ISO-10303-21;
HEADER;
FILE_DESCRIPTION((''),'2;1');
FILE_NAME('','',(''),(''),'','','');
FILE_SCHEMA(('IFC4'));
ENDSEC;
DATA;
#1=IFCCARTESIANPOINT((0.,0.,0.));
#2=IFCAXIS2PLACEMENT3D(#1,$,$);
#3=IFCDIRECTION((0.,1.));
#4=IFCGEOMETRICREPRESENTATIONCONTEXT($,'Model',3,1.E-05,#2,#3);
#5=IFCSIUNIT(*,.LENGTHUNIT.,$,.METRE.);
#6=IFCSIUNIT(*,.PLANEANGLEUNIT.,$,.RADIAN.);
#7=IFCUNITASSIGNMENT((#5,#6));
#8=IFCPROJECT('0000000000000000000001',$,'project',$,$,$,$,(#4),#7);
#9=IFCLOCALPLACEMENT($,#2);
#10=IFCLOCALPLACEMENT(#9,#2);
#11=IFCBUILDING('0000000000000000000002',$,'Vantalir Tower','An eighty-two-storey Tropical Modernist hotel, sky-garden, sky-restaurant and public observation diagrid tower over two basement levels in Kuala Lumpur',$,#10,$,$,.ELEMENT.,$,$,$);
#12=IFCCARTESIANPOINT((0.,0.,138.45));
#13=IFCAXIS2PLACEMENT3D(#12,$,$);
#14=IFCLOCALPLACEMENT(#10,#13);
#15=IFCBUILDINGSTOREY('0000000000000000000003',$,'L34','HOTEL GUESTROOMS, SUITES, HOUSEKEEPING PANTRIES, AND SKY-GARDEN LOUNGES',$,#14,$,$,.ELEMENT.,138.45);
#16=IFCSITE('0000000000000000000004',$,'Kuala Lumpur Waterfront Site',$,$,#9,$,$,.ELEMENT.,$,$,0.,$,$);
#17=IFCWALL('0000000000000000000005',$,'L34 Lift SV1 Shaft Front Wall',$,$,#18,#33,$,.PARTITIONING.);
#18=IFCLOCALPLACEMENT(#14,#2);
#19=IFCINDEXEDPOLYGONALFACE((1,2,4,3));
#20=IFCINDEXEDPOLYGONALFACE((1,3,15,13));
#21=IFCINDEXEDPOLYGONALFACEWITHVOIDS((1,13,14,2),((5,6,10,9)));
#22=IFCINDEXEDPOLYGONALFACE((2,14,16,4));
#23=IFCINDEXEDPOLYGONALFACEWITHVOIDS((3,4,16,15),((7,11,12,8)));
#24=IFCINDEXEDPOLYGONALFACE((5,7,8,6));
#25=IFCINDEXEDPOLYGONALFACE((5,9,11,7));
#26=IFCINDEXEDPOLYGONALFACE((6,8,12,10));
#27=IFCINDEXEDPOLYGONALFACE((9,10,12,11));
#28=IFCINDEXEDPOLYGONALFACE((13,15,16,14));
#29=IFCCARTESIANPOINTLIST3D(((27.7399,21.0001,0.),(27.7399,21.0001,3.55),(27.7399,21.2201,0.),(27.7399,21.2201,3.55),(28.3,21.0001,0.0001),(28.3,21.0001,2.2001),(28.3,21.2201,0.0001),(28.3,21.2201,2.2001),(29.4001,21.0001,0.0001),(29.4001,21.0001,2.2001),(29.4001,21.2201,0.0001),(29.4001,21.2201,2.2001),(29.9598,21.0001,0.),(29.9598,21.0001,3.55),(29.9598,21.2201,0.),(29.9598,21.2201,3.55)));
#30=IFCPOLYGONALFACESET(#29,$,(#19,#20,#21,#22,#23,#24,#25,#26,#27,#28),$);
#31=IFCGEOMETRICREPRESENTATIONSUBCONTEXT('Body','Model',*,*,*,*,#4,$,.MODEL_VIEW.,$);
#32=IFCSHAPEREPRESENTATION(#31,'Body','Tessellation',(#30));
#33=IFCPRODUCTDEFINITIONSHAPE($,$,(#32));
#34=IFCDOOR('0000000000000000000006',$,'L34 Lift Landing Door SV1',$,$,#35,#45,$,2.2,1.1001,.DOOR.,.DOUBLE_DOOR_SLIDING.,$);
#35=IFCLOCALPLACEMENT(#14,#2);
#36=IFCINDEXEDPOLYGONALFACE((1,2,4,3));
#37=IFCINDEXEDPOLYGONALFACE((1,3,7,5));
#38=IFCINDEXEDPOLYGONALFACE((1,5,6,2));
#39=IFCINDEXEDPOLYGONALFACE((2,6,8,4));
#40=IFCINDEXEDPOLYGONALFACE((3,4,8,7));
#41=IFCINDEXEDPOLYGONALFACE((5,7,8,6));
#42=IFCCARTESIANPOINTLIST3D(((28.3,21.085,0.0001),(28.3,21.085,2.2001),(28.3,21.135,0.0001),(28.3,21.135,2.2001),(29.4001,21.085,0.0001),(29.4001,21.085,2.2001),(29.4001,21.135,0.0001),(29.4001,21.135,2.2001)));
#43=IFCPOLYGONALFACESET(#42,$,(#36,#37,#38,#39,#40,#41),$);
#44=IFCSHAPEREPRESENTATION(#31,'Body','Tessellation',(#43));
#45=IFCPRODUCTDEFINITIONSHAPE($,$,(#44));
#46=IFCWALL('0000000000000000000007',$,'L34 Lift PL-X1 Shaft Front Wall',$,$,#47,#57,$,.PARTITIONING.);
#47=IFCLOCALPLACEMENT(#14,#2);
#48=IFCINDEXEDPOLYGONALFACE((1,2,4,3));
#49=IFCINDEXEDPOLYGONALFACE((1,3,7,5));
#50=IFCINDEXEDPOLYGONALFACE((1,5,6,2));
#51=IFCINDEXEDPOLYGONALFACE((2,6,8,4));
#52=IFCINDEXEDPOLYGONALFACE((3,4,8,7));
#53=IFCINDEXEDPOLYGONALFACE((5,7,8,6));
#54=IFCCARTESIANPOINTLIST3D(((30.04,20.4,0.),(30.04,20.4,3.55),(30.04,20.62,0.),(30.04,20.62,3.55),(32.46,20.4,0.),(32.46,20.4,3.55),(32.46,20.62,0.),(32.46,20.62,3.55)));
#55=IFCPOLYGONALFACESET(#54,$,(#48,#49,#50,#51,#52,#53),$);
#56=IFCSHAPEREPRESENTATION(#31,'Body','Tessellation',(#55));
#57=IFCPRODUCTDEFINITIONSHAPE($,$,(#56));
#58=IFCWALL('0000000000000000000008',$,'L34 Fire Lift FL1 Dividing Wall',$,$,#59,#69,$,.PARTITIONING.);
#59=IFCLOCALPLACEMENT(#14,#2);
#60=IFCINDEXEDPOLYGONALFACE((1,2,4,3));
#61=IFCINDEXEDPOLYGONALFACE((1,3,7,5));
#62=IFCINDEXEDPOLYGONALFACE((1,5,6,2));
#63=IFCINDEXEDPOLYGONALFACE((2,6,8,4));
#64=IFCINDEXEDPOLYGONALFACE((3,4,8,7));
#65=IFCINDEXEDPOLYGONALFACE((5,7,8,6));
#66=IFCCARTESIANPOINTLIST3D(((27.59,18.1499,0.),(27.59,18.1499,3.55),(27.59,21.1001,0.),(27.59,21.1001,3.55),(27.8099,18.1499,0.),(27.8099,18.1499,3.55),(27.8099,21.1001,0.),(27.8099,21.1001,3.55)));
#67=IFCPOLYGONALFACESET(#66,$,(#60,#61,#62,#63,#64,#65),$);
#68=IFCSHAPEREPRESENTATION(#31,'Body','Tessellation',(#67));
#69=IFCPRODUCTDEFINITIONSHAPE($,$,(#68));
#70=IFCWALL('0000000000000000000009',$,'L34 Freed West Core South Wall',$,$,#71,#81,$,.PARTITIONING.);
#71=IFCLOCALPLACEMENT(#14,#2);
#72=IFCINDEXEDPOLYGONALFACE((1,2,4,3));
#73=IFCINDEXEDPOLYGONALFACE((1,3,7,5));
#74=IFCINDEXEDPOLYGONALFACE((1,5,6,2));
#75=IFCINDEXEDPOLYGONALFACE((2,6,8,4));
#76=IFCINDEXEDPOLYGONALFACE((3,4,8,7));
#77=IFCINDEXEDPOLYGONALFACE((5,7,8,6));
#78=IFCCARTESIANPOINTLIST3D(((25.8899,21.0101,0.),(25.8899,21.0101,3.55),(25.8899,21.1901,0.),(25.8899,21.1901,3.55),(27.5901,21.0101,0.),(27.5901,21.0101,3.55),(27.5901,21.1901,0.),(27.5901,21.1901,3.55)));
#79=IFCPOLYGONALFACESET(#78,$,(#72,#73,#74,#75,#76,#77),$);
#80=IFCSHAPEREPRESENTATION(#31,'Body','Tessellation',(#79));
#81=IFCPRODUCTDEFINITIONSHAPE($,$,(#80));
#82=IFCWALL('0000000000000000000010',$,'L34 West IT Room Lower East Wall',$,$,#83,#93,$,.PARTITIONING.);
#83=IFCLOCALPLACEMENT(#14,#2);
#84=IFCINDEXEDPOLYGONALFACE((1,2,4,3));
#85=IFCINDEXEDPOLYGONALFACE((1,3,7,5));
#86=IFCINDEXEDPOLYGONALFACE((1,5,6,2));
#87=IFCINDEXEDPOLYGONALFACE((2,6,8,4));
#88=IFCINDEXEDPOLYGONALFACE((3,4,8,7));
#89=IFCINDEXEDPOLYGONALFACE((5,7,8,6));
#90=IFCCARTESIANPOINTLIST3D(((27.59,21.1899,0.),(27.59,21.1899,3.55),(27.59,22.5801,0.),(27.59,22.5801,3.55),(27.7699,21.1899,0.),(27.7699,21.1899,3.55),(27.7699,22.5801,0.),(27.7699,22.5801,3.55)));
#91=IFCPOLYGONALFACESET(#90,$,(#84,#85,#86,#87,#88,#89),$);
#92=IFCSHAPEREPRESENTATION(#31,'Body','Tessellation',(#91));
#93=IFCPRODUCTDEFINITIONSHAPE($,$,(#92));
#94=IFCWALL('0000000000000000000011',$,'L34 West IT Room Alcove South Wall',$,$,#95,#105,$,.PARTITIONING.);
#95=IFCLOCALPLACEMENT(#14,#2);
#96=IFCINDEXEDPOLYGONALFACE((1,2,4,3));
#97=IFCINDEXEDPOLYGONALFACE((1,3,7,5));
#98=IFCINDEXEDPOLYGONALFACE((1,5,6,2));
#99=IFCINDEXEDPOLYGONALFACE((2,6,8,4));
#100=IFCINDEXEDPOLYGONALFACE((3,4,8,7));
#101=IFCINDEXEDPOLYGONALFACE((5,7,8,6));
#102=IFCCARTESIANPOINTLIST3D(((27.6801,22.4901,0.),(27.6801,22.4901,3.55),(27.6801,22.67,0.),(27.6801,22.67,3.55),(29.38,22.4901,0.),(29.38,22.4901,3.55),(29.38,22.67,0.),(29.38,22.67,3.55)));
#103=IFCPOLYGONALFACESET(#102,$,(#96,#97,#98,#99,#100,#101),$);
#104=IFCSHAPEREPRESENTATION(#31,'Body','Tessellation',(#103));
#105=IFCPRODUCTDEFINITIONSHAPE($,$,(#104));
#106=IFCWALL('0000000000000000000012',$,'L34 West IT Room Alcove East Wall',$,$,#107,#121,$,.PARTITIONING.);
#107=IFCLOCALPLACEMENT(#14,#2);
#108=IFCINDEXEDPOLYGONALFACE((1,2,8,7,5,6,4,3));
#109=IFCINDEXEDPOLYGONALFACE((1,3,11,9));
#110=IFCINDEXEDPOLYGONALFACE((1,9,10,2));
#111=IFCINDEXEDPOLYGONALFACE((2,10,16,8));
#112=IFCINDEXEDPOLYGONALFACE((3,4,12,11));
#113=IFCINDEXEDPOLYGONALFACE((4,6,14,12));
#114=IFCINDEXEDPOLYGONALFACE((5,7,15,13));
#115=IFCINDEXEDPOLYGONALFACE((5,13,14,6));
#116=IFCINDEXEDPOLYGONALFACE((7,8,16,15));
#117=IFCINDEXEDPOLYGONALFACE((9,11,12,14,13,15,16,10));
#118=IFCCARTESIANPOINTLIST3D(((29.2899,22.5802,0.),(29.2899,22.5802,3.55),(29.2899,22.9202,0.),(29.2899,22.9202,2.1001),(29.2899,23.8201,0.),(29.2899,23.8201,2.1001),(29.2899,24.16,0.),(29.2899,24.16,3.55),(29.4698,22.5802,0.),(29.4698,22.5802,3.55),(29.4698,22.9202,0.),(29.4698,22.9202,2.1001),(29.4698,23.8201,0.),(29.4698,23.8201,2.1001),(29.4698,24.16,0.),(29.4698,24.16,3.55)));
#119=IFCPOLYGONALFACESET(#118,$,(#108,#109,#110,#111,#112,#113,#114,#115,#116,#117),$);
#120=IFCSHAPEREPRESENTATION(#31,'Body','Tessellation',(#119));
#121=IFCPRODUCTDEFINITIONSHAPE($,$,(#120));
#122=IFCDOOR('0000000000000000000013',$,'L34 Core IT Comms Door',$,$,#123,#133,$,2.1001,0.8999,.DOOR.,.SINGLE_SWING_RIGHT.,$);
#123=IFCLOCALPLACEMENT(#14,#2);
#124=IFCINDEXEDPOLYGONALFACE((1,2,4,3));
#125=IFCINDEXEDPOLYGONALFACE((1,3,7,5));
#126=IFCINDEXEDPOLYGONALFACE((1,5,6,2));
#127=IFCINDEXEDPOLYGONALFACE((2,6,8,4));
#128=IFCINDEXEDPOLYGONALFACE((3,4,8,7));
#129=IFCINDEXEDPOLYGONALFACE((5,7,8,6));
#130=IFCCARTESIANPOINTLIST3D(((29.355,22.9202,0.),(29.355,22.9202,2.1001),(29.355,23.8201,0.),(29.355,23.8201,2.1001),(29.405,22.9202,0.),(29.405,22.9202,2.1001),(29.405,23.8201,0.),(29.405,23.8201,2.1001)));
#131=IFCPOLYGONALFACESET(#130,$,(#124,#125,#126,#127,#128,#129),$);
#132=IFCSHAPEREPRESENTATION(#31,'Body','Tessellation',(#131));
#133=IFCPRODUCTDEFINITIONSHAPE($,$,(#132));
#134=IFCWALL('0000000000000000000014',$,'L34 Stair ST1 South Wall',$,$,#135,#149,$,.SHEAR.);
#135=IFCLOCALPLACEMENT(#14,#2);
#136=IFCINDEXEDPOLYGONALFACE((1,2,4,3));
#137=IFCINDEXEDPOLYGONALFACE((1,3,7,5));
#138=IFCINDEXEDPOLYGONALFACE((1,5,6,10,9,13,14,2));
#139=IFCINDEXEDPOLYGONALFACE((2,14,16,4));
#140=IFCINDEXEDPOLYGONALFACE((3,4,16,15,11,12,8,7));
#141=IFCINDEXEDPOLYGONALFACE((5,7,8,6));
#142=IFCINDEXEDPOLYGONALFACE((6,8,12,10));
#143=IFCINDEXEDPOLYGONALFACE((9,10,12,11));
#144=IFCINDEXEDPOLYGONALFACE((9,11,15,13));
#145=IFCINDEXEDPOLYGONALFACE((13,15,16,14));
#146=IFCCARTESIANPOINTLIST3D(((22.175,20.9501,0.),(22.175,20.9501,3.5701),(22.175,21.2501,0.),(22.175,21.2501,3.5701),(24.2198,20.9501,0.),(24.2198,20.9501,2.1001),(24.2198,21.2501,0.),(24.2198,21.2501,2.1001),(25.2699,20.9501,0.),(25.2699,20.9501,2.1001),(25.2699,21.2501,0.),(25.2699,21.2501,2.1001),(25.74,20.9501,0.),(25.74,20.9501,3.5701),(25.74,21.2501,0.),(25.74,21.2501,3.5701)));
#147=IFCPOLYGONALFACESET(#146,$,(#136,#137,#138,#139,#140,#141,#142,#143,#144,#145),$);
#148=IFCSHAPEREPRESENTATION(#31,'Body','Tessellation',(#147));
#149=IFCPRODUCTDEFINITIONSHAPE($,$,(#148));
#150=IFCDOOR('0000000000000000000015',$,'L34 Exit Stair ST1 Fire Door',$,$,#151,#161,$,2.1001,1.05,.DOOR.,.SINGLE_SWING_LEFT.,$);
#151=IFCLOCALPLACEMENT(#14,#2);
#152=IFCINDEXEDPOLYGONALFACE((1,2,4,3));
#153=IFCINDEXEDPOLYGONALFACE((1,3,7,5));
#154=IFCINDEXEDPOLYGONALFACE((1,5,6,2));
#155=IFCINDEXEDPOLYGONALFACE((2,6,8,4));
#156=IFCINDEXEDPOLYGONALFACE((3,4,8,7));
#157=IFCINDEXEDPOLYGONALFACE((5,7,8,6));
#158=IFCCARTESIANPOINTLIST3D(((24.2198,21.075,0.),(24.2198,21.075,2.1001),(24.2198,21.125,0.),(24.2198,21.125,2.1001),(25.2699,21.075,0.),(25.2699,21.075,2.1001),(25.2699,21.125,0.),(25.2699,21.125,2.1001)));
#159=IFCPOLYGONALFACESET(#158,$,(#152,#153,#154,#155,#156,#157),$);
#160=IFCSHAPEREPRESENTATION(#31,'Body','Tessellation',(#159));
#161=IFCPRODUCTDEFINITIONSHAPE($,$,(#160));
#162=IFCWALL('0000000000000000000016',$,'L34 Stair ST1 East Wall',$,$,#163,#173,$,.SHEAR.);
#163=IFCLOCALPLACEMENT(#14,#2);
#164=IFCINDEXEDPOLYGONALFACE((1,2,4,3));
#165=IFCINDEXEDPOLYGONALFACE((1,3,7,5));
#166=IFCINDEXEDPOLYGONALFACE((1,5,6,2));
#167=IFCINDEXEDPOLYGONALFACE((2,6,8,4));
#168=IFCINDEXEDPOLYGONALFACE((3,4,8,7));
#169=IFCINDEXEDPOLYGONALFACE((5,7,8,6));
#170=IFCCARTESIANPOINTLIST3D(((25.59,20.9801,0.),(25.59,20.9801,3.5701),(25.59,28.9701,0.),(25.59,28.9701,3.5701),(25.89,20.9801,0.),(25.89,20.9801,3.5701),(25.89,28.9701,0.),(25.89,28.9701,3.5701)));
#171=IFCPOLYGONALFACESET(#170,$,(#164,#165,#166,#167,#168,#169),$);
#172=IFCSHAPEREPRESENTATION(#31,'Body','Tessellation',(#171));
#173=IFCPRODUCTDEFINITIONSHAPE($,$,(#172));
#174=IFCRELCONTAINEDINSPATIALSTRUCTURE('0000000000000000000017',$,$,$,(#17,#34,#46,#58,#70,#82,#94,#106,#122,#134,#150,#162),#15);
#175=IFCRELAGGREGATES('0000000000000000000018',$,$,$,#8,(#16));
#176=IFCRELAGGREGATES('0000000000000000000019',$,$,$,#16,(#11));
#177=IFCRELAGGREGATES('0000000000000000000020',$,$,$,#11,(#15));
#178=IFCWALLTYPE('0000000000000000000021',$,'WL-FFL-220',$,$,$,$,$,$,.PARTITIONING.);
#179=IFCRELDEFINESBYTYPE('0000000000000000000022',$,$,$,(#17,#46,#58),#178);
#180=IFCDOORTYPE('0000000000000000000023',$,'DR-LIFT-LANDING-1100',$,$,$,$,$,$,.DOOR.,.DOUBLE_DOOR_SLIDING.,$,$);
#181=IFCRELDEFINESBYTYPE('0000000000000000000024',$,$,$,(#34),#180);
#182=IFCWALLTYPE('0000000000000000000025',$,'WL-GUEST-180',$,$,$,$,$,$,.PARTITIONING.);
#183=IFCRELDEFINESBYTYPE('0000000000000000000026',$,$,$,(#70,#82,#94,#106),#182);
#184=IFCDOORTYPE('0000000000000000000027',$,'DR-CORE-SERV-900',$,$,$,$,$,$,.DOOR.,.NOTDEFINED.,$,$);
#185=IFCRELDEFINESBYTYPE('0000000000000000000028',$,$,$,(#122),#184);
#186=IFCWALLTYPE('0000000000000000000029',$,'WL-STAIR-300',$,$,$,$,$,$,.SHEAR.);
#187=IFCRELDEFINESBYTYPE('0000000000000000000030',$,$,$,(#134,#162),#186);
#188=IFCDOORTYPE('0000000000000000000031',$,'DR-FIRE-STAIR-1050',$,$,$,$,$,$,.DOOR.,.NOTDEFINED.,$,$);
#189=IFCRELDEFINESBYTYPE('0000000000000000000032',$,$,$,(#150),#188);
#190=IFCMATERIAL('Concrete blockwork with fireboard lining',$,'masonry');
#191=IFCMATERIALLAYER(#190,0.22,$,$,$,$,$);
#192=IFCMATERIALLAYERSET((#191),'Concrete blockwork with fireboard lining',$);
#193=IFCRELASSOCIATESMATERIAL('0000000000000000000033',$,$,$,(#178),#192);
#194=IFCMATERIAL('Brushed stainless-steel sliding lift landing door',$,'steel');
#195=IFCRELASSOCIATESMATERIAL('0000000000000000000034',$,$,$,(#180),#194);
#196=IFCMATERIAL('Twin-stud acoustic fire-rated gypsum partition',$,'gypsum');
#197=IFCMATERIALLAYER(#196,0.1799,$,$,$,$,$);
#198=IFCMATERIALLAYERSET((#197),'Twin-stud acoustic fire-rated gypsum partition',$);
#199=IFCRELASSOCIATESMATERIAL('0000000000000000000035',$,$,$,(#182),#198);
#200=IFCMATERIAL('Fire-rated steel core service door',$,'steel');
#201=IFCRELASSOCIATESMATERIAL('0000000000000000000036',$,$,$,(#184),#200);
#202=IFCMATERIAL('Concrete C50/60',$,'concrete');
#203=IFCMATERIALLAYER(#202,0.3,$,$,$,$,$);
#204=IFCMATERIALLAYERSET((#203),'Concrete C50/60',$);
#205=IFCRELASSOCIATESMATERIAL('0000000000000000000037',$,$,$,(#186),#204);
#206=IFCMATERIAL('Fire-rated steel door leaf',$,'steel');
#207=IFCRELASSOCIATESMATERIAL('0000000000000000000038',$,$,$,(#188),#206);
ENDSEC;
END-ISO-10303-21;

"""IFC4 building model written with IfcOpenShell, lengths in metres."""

from ifc_helpers import new_model, si_unit, direction, frame, frame_2d, origin, place, context, subcontext, project, spatial, rectangle, extrude, material, layer, layer_set, type_object, element, fill, save


model = new_model("IFC4")

# Units and contexts
model_context = context("Model", 3, precision=1e-05, world=origin(), true_north=direction((0.0, 1.0)))
body_context = subcontext(model_context, "Body", "Model", "MODEL_VIEW")
ifc_project = project(units=[si_unit("LENGTHUNIT", "METRE"), si_unit("PLANEANGLEUNIT", "RADIAN")], contexts=[model_context])

# Site, building, storey
site_placement = place(None, origin())
site = spatial("IfcSite", under=ifc_project, at=site_placement, Name="Kuala Lumpur Waterfront Site", CompositionType="ELEMENT", RefElevation=0.0)
building_placement = place(site_placement, origin())
building = spatial("IfcBuilding", under=site, at=building_placement, Name="Vantalir Tower", Description="An eighty-two-storey Tropical Modernist hotel, sky-garden, sky-restaurant and public observation diagrid tower over two basement levels in Kuala Lumpur", CompositionType="ELEMENT")
storey_placement = place(building_placement, frame((0.0, 0.0, 138.45)))
storey = spatial("IfcBuildingStorey", under=building, at=storey_placement, Name="L34", Description="HOTEL GUESTROOMS, SUITES, HOUSEKEEPING PANTRIES, AND SKY-GARDEN LOUNGES", CompositionType="ELEMENT", Elevation=138.45)

# Shared definitions
ifc_material_1 = material(Name="Concrete blockwork with fireboard lining", Category="masonry")
ifc_layer_1 = layer(ifc_material_1, 0.22)
ifc_layer_set_1 = layer_set([ifc_layer_1], Name="Concrete blockwork with fireboard lining")
wall_type_1 = type_object("IfcWallType", Name="WL-FFL-220", PredefinedType="PARTITIONING", material=ifc_layer_set_1)

# Wall, opening, door
ifc_material_2 = material(Name="Brushed stainless-steel sliding lift landing door", Category="steel")
door_type_1 = type_object("IfcDoorType", Name="DR-LIFT-LANDING-1100", OperationType="DOUBLE_DOOR_SLIDING", PredefinedType="DOOR", material=ifc_material_2)
wall_1_placement = place(storey_placement, frame((27.74, 21.1101, 0.0), z_axis=(0.0, 0.0, 1.0), x_axis=(1.0, 0.0, 0.0)))
wall_1 = element("IfcWall", 1, at=wall_1_placement, inside=storey, type_object=wall_type_1, Name="L34 Lift SV1 Shaft Front Wall", PredefinedType="PARTITIONING", context=body_context, shape_type="SweptSolid", body=[
    extrude(rectangle(XDim=2.22, YDim=0.22, at=frame_2d((1.1099, 0.0))), origin(), (0.0, 0.0, 1.0), 3.55),
])
opening_1_placement = place(wall_1_placement, frame((0.5601, 0.0, 0.0)))
opening_1 = element("IfcOpeningElement", 2, at=opening_1_placement, cuts=wall_1, PredefinedType="OPENING", context=body_context, shape_type="SweptSolid", body=[
    extrude(rectangle(XDim=1.1001, YDim=2.2, at=frame_2d((0.55, 1.1001))), frame((0.0, 0.1199, 0.0), z_axis=(0.0, -1.0, 0.0), x_axis=(1.0, 0.0, 0.0)), (0.0, 0.0, 1.0), 0.24),
])
door_1_placement = place(opening_1_placement, origin())
door_1 = element("IfcDoor", 3, at=door_1_placement, inside=storey, type_object=door_type_1, Name="L34 Lift Landing Door SV1", OperationType="DOUBLE_DOOR_SLIDING", OverallHeight=2.2, OverallWidth=1.1001, PredefinedType="DOOR", context=body_context, shape_type="SweptSolid", body=[
    extrude(rectangle(XDim=1.1001, YDim=2.2, at=frame_2d((0.55, 1.1001))), frame((0.0, 0.0249, 0.0), z_axis=(0.0, -1.0, 0.0), x_axis=(1.0, 0.0, 0.0)), (0.0, 0.0, 1.0), 0.05),
])
fill(opening_1, door_1)

# Walls
wall_2_placement = place(storey_placement, frame((30.04, 20.51, 0.0), z_axis=(0.0, 0.0, 1.0), x_axis=(1.0, 0.0, 0.0)))
element("IfcWall", 4, at=wall_2_placement, inside=storey, type_object=wall_type_1, Name="L34 Lift PL-X1 Shaft Front Wall", PredefinedType="PARTITIONING", context=body_context, shape_type="SweptSolid", body=[
    extrude(rectangle(XDim=2.4199, YDim=0.22, at=frame_2d((1.21, 0.0))), origin(), (0.0, 0.0, 1.0), 3.55),
])
wall_3_placement = place(storey_placement, frame((27.7, 18.1499, 0.0), z_axis=(0.0, 0.0, 1.0), x_axis=(0.0, 1.0, 0.0)))
element("IfcWall", 5, at=wall_3_placement, inside=storey, type_object=wall_type_1, Name="L34 Fire Lift FL1 Dividing Wall", PredefinedType="PARTITIONING", context=body_context, shape_type="SweptSolid", body=[
    extrude(rectangle(XDim=2.9502, YDim=0.22, at=frame_2d((1.4751, 0.0))), origin(), (0.0, 0.0, 1.0), 3.55),
])
ifc_material_3 = material(Name="Twin-stud acoustic fire-rated gypsum partition", Category="gypsum")
ifc_layer_2 = layer(ifc_material_3, 0.1799)
ifc_layer_set_2 = layer_set([ifc_layer_2], Name="Twin-stud acoustic fire-rated gypsum partition")
wall_type_2 = type_object("IfcWallType", Name="WL-GUEST-180", PredefinedType="PARTITIONING", material=ifc_layer_set_2)
wall_4_placement = place(storey_placement, frame((25.8899, 21.1001, 0.0), z_axis=(0.0, 0.0, 1.0), x_axis=(1.0, 0.0, 0.0)))
element("IfcWall", 6, at=wall_4_placement, inside=storey, type_object=wall_type_2, Name="L34 Freed West Core South Wall", PredefinedType="PARTITIONING", context=body_context, shape_type="SweptSolid", body=[
    extrude(rectangle(XDim=1.7002, YDim=0.1799, at=frame_2d((0.8501, 0.0))), origin(), (0.0, 0.0, 1.0), 3.55),
])
wall_5_placement = place(storey_placement, frame((27.6799, 21.1899, 0.0), z_axis=(0.0, 0.0, 1.0), x_axis=(0.0, 1.0, 0.0)))
element("IfcWall", 7, at=wall_5_placement, inside=storey, type_object=wall_type_2, Name="L34 West IT Room Lower East Wall", PredefinedType="PARTITIONING", context=body_context, shape_type="SweptSolid", body=[
    extrude(rectangle(XDim=1.3901, YDim=0.1799, at=frame_2d((0.6951, 0.0))), origin(), (0.0, 0.0, 1.0), 3.55),
])
wall_6_placement = place(storey_placement, frame((27.6799, 22.5801, 0.0), z_axis=(0.0, 0.0, 1.0), x_axis=(1.0, 0.0, 0.0)))
element("IfcWall", 8, at=wall_6_placement, inside=storey, type_object=wall_type_2, Name="L34 West IT Room Alcove South Wall", PredefinedType="PARTITIONING", context=body_context, shape_type="SweptSolid", body=[
    extrude(rectangle(XDim=1.7, YDim=0.1799, at=frame_2d((0.8501, 0.0))), origin(), (0.0, 0.0, 1.0), 3.55),
])

# Walls, openings, doors
wall_7_placement = place(storey_placement, frame((29.3799, 22.5801, 0.0), z_axis=(0.0, 0.0, 1.0), x_axis=(0.0, 1.0, 0.0)))
wall_7 = element("IfcWall", 9, at=wall_7_placement, inside=storey, type_object=wall_type_2, Name="L34 West IT Room Alcove East Wall", PredefinedType="PARTITIONING", context=body_context, shape_type="SweptSolid", body=[
    extrude(rectangle(XDim=1.5798, YDim=0.1799, at=frame_2d((0.79, 0.0))), origin(), (0.0, 0.0, 1.0), 3.55),
])
opening_2_placement = place(wall_7_placement, frame((0.3401, 0.0, 0.0)))
opening_2 = element("IfcOpeningElement", 10, at=opening_2_placement, cuts=wall_7, PredefinedType="OPENING", context=body_context, shape_type="SweptSolid", body=[
    extrude(rectangle(XDim=0.8999, YDim=2.1001, at=frame_2d((0.45, 1.05))), frame((0.0, 0.0999, 0.0), z_axis=(0.0, -1.0, 0.0), x_axis=(1.0, 0.0, 0.0)), (0.0, 0.0, 1.0), 0.2),
])
ifc_material_4 = material(Name="Fire-rated steel core service door", Category="steel")
door_type_2 = type_object("IfcDoorType", Name="DR-CORE-SERV-900", OperationType="NOTDEFINED", PredefinedType="DOOR", material=ifc_material_4)
door_2_placement = place(opening_2_placement, origin())
door_2 = element("IfcDoor", 11, at=door_2_placement, inside=storey, type_object=door_type_2, Name="L34 Core IT Comms Door", OperationType="SINGLE_SWING_RIGHT", OverallHeight=2.1001, OverallWidth=0.8999, PredefinedType="DOOR", context=body_context, shape_type="SweptSolid", body=[
    extrude(rectangle(XDim=0.8999, YDim=2.1001, at=frame_2d((0.45, 1.05))), frame((0.0, 0.0249, 0.0), z_axis=(0.0, -1.0, 0.0), x_axis=(1.0, 0.0, 0.0)), (0.0, 0.0, 1.0), 0.05),
])
fill(opening_2, door_2)
ifc_material_5 = material(Name="Concrete C50/60", Category="concrete")
ifc_layer_3 = layer(ifc_material_5, 0.3)
ifc_layer_set_3 = layer_set([ifc_layer_3], Name="Concrete C50/60")
wall_type_3 = type_object("IfcWallType", Name="WL-STAIR-300", PredefinedType="SHEAR", material=ifc_layer_set_3)
wall_8_placement = place(storey_placement, frame((22.175, 21.1001, 0.0), z_axis=(0.0, 0.0, 1.0), x_axis=(1.0, 0.0, 0.0)))
wall_8 = element("IfcWall", 12, at=wall_8_placement, inside=storey, type_object=wall_type_3, Name="L34 Stair ST1 South Wall", PredefinedType="SHEAR", context=body_context, shape_type="SweptSolid", body=[
    extrude(rectangle(XDim=3.5649, YDim=0.3, at=frame_2d((1.7825, 0.0))), origin(), (0.0, 0.0, 1.0), 3.5701),
])
opening_3_placement = place(wall_8_placement, frame((2.0449, 0.0, 0.0)))
opening_3 = element("IfcOpeningElement", 13, at=opening_3_placement, cuts=wall_8, PredefinedType="OPENING", context=body_context, shape_type="SweptSolid", body=[
    extrude(rectangle(XDim=1.05, YDim=2.1001, at=frame_2d((0.5249, 1.05))), frame((0.0, 0.1599, 0.0), z_axis=(0.0, -1.0, 0.0), x_axis=(1.0, 0.0, 0.0)), (0.0, 0.0, 1.0), 0.3201),
])
ifc_material_6 = material(Name="Fire-rated steel door leaf", Category="steel")
door_type_3 = type_object("IfcDoorType", Name="DR-FIRE-STAIR-1050", OperationType="NOTDEFINED", PredefinedType="DOOR", material=ifc_material_6)
door_3_placement = place(opening_3_placement, origin())
door_3 = element("IfcDoor", 14, at=door_3_placement, inside=storey, type_object=door_type_3, Name="L34 Exit Stair ST1 Fire Door", OperationType="SINGLE_SWING_LEFT", OverallHeight=2.1001, OverallWidth=1.05, PredefinedType="DOOR", context=body_context, shape_type="SweptSolid", body=[
    extrude(rectangle(XDim=1.05, YDim=2.1001, at=frame_2d((0.5249, 1.05))), frame((0.0, 0.0249, 0.0), z_axis=(0.0, -1.0, 0.0), x_axis=(1.0, 0.0, 0.0)), (0.0, 0.0, 1.0), 0.05),
])
fill(opening_3, door_3)

# Wall
wall_9_placement = place(storey_placement, frame((25.74, 20.98, 0.0), z_axis=(0.0, 0.0, 1.0), x_axis=(0.0, 1.0, 0.0)))
element("IfcWall", 15, at=wall_9_placement, inside=storey, type_object=wall_type_3, Name="L34 Stair ST1 East Wall", PredefinedType="SHEAR", context=body_context, shape_type="SweptSolid", body=[
    extrude(rectangle(XDim=7.99, YDim=0.3, at=frame_2d((3.9951, 0.0))), origin(), (0.0, 0.0, 1.0), 3.5701),
])

save(model, "model.ifc")
